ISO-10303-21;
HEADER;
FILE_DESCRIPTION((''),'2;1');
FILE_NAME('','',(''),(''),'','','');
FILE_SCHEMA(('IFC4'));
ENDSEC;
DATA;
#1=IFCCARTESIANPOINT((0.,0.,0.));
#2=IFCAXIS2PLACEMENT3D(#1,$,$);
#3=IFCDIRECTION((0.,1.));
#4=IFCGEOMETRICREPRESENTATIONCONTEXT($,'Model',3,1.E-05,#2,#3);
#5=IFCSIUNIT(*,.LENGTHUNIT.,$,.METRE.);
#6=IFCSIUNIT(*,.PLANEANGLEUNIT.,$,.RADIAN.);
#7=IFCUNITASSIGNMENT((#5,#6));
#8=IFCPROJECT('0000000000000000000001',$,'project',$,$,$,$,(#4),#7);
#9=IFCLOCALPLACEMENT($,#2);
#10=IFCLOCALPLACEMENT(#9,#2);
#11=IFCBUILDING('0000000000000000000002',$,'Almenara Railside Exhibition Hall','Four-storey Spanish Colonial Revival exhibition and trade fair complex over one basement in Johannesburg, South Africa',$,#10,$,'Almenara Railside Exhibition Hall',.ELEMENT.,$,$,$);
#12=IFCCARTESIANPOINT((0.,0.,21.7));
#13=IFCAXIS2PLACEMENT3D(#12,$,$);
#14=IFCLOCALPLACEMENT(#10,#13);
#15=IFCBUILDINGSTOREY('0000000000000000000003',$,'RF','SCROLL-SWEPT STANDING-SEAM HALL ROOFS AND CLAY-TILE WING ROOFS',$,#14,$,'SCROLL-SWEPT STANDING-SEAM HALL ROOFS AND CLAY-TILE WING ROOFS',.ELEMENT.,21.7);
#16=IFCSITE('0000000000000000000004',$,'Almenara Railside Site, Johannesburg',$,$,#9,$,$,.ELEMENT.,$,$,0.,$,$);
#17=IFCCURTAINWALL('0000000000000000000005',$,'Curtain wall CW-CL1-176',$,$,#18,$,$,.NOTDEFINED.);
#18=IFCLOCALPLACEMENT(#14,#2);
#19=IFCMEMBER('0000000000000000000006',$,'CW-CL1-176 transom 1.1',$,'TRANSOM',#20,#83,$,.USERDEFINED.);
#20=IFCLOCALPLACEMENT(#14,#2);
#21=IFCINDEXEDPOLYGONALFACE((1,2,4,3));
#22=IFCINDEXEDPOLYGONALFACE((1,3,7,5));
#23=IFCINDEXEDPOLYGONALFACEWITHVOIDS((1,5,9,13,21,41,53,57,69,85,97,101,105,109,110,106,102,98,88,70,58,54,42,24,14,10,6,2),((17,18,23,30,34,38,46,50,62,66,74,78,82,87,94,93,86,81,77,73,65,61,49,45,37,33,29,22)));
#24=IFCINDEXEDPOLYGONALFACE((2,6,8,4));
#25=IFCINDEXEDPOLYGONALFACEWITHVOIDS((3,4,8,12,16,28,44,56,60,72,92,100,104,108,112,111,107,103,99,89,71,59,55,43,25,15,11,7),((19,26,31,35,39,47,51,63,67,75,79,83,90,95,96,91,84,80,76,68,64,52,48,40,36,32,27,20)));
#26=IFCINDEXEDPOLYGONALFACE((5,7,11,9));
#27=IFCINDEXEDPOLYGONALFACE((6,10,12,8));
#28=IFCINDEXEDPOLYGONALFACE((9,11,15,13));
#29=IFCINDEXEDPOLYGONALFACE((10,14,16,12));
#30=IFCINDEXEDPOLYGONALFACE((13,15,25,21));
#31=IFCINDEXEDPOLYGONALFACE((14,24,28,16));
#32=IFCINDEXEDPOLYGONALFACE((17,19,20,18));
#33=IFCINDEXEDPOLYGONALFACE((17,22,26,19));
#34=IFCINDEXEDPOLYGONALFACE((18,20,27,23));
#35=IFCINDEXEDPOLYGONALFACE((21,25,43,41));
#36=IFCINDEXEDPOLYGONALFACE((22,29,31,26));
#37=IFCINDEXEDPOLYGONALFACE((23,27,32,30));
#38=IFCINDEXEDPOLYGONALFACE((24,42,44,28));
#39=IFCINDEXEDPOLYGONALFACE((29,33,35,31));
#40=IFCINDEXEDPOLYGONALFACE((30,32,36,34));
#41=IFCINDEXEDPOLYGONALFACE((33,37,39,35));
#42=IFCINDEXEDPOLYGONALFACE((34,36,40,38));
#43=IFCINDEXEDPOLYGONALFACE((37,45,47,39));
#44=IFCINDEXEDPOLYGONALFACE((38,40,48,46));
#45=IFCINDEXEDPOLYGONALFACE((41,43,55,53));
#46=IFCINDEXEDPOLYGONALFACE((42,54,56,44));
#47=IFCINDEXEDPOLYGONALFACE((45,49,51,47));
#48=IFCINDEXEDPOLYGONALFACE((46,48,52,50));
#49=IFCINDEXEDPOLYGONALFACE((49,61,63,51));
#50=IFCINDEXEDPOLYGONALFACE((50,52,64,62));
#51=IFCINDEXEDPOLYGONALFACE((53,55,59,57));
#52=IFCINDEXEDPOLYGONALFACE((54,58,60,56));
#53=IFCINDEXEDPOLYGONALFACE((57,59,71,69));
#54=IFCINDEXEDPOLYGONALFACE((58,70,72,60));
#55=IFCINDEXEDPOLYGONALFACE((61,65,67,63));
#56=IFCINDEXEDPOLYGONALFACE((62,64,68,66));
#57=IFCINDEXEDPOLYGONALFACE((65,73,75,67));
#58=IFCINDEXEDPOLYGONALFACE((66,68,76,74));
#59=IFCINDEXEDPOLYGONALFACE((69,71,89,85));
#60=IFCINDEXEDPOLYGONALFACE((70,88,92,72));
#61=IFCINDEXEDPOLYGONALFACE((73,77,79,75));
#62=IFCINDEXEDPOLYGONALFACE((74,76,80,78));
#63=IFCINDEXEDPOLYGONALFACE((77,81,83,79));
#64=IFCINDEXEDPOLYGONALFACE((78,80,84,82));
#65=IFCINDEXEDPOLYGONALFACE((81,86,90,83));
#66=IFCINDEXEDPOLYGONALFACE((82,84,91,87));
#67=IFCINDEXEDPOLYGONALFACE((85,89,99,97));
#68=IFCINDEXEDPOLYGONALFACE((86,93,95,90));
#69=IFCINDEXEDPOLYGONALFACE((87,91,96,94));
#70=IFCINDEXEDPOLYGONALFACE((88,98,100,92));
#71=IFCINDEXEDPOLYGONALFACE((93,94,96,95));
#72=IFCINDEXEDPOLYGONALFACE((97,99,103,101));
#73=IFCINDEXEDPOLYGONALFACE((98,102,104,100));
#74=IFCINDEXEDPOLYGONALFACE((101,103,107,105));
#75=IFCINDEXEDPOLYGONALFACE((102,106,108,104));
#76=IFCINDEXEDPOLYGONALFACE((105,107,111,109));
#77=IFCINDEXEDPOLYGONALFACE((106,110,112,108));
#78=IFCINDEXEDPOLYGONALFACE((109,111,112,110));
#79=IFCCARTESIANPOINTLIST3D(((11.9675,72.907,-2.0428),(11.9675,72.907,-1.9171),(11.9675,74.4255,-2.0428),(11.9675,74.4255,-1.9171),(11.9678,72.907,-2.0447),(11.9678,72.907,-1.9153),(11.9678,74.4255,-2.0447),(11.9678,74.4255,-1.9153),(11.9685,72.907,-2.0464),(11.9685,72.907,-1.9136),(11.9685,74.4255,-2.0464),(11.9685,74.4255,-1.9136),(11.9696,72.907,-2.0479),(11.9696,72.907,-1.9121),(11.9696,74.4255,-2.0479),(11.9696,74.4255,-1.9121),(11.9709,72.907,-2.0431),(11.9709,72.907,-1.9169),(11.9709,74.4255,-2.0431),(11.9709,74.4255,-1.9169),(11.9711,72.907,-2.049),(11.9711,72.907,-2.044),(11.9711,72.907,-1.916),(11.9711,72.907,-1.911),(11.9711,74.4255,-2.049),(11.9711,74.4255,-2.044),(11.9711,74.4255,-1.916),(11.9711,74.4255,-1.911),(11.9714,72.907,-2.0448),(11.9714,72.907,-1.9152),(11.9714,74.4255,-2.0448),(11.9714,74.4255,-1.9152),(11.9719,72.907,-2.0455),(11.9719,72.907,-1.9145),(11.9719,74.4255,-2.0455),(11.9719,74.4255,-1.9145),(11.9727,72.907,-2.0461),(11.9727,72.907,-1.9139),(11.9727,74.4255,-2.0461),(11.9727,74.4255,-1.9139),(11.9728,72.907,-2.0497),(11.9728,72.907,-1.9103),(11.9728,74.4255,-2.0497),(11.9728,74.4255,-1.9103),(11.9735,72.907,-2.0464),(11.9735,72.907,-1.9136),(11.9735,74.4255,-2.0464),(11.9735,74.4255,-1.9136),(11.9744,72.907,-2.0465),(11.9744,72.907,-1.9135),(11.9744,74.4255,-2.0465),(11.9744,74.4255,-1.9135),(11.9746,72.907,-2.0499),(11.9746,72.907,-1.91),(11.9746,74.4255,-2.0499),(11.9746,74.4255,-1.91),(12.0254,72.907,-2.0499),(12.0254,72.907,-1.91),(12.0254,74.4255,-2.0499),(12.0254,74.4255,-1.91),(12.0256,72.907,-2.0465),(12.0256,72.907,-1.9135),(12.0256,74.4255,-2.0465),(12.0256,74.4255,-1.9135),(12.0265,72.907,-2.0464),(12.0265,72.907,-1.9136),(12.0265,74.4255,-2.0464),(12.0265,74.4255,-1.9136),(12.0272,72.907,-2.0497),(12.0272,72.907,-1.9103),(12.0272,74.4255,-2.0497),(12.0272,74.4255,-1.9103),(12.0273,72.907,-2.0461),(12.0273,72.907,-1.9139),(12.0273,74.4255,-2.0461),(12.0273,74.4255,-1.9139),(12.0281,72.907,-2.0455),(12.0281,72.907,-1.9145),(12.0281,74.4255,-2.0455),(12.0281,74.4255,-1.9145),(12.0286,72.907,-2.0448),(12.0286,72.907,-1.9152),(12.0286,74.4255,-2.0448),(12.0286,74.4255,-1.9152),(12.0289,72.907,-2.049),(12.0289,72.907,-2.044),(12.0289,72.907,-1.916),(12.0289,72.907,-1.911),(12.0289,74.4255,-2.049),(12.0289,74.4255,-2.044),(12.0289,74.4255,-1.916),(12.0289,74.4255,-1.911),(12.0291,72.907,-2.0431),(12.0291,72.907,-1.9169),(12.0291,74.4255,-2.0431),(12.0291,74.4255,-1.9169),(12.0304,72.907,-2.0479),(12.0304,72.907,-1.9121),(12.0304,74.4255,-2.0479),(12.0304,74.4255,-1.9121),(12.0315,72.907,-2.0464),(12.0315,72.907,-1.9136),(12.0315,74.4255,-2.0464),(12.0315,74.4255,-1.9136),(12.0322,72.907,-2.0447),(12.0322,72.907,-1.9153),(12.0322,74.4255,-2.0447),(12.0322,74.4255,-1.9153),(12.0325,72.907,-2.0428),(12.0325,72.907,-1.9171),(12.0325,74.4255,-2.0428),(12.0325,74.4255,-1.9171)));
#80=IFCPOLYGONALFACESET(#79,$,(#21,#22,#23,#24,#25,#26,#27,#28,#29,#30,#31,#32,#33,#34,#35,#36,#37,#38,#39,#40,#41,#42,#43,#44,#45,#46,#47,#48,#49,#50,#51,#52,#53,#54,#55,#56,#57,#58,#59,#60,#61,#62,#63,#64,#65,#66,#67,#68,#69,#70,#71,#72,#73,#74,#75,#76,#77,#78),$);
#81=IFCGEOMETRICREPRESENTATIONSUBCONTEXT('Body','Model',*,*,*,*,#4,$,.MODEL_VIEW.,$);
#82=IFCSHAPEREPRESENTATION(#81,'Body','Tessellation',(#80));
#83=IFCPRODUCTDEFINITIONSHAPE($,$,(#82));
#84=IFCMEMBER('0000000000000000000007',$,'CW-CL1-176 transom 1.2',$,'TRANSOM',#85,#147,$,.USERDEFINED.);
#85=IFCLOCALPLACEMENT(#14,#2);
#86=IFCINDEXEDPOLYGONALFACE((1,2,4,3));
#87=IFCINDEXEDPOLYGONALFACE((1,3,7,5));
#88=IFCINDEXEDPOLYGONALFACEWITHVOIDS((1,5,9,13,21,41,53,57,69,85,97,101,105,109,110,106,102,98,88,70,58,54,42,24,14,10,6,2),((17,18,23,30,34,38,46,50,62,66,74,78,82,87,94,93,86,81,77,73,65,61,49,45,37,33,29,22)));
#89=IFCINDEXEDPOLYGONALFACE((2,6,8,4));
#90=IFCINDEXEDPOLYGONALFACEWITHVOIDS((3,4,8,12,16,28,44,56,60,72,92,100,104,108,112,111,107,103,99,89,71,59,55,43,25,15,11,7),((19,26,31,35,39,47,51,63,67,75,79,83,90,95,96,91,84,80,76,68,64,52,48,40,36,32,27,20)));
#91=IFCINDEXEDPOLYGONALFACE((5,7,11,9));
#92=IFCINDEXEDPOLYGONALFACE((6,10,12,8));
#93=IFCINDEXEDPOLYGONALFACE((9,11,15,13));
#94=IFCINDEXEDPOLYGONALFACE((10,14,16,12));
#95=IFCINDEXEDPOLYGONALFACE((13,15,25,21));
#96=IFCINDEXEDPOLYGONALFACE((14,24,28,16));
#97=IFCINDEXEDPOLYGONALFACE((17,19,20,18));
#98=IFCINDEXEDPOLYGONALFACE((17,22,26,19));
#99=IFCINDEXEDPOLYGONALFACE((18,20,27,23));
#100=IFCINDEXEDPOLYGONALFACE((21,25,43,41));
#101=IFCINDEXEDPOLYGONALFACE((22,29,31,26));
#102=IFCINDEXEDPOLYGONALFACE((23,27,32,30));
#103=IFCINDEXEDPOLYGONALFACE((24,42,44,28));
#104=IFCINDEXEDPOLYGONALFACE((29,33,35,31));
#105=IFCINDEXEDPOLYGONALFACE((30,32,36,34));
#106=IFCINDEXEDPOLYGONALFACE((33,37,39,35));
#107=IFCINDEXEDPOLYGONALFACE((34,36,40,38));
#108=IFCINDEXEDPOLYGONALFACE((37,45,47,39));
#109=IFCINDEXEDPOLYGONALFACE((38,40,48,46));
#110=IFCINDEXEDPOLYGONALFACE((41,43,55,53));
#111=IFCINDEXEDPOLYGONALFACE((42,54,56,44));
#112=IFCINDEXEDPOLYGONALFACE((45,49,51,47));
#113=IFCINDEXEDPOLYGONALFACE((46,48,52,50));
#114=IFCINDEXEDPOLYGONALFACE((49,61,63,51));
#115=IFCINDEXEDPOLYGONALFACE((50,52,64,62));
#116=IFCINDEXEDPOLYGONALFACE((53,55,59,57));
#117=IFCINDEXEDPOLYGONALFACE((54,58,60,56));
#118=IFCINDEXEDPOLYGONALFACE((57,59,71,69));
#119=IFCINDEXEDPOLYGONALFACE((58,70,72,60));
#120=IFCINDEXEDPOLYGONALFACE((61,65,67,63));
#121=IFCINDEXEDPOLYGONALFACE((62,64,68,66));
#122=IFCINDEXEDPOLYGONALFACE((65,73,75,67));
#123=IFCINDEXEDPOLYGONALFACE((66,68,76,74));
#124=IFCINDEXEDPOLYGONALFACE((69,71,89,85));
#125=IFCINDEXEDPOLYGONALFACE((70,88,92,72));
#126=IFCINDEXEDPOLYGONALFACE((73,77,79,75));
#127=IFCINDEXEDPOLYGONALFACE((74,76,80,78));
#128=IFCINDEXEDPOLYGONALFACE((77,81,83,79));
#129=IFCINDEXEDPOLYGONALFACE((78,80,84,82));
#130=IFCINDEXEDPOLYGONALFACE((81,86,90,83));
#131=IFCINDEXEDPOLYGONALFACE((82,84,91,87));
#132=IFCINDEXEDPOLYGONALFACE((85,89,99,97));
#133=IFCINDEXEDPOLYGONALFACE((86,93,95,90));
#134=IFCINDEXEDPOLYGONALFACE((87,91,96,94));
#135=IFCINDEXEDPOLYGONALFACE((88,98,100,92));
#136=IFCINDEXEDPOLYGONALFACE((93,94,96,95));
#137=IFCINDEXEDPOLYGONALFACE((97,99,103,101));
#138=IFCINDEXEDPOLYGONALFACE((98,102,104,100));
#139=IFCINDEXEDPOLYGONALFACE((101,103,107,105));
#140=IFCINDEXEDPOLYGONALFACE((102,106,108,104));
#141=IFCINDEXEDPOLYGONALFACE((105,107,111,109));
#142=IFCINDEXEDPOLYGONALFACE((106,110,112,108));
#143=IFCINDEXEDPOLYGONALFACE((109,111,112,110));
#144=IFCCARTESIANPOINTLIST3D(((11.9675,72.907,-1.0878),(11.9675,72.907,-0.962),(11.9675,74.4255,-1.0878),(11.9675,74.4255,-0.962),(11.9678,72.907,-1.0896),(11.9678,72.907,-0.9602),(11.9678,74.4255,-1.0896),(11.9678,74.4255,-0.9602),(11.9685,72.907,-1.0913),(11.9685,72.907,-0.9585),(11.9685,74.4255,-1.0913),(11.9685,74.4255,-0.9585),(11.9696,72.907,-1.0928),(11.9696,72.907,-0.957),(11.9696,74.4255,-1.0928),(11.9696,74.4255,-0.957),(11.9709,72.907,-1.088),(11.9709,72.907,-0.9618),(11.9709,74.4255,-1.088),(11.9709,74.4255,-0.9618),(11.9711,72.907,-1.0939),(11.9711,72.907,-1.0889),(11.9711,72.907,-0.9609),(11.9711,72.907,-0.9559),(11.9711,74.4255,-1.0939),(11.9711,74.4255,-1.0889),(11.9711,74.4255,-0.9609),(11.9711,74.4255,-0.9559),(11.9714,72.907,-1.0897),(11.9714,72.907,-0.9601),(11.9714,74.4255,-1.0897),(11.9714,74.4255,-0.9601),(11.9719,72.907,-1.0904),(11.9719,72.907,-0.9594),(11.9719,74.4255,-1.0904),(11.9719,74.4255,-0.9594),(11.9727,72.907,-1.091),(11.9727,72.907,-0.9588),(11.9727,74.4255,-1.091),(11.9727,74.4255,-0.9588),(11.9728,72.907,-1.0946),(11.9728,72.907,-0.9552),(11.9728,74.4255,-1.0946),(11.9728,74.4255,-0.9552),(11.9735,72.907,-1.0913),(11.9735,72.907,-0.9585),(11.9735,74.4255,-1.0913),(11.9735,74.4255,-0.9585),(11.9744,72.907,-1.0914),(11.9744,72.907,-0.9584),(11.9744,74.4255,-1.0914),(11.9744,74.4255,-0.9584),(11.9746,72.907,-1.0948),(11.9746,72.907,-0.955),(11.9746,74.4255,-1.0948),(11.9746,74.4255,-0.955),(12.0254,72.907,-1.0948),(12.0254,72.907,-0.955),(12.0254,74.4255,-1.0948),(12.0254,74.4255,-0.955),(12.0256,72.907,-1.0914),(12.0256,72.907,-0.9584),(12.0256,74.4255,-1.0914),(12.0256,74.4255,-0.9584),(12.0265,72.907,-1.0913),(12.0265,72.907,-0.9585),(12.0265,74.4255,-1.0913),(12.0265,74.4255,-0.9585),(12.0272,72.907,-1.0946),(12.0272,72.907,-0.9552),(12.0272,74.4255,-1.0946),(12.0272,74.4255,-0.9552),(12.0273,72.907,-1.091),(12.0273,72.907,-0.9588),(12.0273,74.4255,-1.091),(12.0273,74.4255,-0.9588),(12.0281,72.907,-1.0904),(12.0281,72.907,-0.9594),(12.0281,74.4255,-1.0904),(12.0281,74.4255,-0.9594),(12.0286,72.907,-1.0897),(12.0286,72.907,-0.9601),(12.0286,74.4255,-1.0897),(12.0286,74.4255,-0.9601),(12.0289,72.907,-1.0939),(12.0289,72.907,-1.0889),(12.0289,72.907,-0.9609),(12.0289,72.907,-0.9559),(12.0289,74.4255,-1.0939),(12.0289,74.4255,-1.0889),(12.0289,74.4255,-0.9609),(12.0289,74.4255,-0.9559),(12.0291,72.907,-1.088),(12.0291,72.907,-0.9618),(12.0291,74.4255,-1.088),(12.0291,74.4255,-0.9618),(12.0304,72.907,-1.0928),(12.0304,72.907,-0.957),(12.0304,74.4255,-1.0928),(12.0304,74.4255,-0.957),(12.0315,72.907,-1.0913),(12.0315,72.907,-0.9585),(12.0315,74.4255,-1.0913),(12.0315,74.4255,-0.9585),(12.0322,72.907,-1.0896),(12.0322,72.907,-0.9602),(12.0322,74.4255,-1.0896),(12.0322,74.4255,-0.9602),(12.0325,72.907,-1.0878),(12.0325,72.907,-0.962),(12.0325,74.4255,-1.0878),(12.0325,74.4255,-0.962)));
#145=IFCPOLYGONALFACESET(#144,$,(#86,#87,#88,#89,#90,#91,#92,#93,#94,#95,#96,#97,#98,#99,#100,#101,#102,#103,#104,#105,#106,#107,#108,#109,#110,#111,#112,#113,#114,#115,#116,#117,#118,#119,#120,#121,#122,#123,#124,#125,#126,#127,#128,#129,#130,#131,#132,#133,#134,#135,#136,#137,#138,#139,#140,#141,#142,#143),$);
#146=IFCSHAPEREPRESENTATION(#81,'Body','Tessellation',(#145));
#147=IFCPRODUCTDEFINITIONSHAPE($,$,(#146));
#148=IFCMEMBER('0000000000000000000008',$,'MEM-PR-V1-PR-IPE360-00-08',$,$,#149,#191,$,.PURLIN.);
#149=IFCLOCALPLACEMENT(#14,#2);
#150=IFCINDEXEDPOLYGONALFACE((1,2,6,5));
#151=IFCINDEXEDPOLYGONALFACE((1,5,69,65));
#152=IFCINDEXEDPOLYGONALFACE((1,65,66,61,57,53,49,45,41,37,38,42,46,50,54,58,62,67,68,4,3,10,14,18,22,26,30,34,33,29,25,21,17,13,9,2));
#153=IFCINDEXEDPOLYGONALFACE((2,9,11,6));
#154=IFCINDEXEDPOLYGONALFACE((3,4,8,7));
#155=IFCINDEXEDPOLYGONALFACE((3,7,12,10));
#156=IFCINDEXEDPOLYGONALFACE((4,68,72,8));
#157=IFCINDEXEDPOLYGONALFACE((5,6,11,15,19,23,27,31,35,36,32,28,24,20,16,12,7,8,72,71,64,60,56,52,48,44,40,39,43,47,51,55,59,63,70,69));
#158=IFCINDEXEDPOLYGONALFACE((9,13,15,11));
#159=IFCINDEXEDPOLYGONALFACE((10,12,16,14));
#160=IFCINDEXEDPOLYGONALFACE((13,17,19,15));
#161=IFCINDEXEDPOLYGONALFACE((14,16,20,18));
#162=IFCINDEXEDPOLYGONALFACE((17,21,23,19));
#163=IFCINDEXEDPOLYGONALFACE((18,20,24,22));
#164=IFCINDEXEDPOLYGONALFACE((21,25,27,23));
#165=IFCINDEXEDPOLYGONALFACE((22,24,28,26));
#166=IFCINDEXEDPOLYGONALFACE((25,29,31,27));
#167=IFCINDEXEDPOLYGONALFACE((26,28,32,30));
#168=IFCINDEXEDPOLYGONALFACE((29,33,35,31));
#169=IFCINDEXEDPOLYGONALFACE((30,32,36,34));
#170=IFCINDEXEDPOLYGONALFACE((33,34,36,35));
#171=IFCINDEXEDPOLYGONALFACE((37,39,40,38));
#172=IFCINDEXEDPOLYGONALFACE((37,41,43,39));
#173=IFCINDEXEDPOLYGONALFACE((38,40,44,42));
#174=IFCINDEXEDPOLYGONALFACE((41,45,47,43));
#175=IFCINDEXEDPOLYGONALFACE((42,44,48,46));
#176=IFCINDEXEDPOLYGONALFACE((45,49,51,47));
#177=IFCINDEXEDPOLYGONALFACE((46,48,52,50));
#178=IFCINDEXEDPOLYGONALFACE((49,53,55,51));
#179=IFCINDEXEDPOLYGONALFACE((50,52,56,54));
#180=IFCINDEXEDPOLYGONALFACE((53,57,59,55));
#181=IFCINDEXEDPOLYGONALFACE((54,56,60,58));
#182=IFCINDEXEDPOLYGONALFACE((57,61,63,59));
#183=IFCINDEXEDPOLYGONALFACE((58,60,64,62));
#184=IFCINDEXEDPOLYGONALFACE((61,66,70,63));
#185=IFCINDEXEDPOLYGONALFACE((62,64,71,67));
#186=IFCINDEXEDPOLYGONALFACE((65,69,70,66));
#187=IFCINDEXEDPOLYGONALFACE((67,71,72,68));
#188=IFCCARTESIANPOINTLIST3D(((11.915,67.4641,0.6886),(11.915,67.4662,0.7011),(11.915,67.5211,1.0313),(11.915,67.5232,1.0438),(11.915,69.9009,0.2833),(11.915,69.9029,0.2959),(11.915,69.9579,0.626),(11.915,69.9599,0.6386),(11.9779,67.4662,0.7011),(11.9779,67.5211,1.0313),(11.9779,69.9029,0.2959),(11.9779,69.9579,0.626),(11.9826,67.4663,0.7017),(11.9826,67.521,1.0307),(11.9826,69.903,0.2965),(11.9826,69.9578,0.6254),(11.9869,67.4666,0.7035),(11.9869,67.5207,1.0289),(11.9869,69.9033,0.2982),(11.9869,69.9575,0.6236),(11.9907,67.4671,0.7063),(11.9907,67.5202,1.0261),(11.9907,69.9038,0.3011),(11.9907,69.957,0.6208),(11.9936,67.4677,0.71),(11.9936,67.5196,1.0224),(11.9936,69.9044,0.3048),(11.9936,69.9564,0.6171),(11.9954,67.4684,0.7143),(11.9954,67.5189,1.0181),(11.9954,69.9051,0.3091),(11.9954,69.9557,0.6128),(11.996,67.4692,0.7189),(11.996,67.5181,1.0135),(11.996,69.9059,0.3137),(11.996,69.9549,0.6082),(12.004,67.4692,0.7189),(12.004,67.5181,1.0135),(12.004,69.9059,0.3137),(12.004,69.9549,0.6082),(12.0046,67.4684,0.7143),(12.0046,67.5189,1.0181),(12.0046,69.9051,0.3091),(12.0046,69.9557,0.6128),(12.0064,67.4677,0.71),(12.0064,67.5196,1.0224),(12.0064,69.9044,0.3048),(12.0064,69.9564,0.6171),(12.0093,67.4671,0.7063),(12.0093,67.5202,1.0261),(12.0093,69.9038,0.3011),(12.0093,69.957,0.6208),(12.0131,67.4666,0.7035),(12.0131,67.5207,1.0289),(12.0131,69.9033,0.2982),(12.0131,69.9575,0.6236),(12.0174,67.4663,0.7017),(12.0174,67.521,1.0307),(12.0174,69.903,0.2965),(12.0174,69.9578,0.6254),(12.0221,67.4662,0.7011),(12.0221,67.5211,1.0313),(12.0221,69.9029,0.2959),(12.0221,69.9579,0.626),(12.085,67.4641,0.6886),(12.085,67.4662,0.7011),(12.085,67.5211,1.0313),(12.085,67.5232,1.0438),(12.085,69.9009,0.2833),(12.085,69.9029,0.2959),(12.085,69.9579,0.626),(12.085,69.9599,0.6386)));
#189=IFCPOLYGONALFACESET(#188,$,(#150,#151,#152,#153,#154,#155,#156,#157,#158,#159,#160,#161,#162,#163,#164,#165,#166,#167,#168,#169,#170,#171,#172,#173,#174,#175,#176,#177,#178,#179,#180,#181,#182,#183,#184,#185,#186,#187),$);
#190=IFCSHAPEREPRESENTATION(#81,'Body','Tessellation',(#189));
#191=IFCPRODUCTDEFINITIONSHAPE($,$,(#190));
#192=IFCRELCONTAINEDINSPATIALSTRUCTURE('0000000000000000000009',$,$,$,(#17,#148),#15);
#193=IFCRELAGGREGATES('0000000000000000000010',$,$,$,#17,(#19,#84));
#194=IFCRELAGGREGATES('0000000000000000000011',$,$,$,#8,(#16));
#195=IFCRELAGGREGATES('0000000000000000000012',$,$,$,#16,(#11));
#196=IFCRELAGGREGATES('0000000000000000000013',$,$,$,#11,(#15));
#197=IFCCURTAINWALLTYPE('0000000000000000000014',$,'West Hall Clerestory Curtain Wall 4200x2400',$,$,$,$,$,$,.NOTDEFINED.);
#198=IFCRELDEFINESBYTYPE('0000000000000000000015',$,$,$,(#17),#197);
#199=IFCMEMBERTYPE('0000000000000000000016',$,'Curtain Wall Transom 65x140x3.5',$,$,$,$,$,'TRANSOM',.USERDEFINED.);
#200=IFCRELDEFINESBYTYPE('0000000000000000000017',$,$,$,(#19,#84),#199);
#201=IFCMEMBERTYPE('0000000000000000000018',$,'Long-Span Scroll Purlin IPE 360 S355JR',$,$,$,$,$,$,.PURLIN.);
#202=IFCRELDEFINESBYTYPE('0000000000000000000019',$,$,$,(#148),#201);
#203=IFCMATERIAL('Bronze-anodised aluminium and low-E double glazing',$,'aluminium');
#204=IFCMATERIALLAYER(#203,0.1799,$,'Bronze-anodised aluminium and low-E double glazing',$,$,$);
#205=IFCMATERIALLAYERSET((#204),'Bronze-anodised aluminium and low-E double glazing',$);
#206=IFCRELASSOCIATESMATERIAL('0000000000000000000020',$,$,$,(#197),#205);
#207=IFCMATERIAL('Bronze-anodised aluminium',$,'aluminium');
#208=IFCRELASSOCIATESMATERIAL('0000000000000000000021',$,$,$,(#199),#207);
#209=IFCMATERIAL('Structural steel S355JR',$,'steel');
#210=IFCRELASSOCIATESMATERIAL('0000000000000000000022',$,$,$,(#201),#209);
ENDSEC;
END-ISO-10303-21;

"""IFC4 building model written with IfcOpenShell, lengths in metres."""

from ifc_helpers import new_model, si_unit, direction, frame, origin, origin_2d, place, context, subcontext, project, spatial, hollow_rectangle, i_section, extrude, material, layer, layer_set, material_profile, profile_set, type_object, element, aggregate, save


model = new_model("IFC4")

# Units and contexts
model_context = context("Model", 3, precision=1e-05, world=origin(), true_north=direction((0.0, 1.0)))
body_context = subcontext(model_context, "Body", "Model", "MODEL_VIEW")
ifc_project = project(units=[si_unit("LENGTHUNIT", "METRE"), si_unit("PLANEANGLEUNIT", "RADIAN")], contexts=[model_context])

# Site, building, storey
site_placement = place(None, origin())
site = spatial("IfcSite", under=ifc_project, at=site_placement, Name="Almenara Railside Site, Johannesburg", CompositionType="ELEMENT", RefElevation=0.0)
building_placement = place(site_placement, origin())
building = spatial("IfcBuilding", under=site, at=building_placement, Name="Almenara Railside Exhibition Hall", Description="Four-storey Spanish Colonial Revival exhibition and trade fair complex over one basement in Johannesburg, South Africa", LongName="Almenara Railside Exhibition Hall", CompositionType="ELEMENT")
storey_placement = place(building_placement, frame((0.0, 0.0, 21.7)))
storey = spatial("IfcBuildingStorey", under=building, at=storey_placement, Name="RF", Description="SCROLL-SWEPT STANDING-SEAM HALL ROOFS AND CLAY-TILE WING ROOFS", LongName="SCROLL-SWEPT STANDING-SEAM HALL ROOFS AND CLAY-TILE WING ROOFS", CompositionType="ELEMENT", Elevation=21.7)

# Shared definitions
ifc_material_1 = material(Name="Structural steel S355JR", Category="steel")

# Shared definitions
ifc_material_2 = material(Name="Bronze-anodised aluminium and low-E double glazing", Category="aluminium")
ifc_layer_1 = layer(ifc_material_2, 0.1799, Name="Bronze-anodised aluminium and low-E double glazing")
ifc_layer_set_1 = layer_set([ifc_layer_1], Name="Bronze-anodised aluminium and low-E double glazing")
curtain_wall_type = type_object("IfcCurtainWallType", Name="West Hall Clerestory Curtain Wall 4200x2400", PredefinedType="NOTDEFINED", material=ifc_layer_set_1)
ifc_material_3 = material(Name="Bronze-anodised aluminium", Category="aluminium")

# Curtain wall
curtain_wall_1_placement = place(storey_placement, origin())
curtain_wall_1 = element("IfcCurtainWall", 1, at=curtain_wall_1_placement, inside=storey, type_object=curtain_wall_type, Name="Curtain wall CW-CL1-176", PredefinedType="NOTDEFINED")

# Members
ifc_material_profile_1 = material_profile(ifc_material_3, hollow_rectangle(XDim=0.0649, YDim=0.1399, WallThickness=0.0034, InnerFilletRadius=0.0034, OuterFilletRadius=0.0071, at=origin_2d()), Name="ALU-TRN 65x140x3.5")
ifc_profile_set_1 = profile_set([ifc_material_profile_1], Name="Bronze-anodised aluminium")
member_type_1 = type_object("IfcMemberType", Name="Curtain Wall Transom 65x140x3.5", ElementType="TRANSOM", PredefinedType="USERDEFINED", material=ifc_profile_set_1)
member_1_placement = place(storey_placement, frame((12.0, 72.907, -1.98), z_axis=(0.0, 1.0, 0.0), x_axis=(-1.0, 0.0, 0.0)))
member_1 = element("IfcMember", 2, at=member_1_placement, type_object=member_type_1, Name="CW-CL1-176 transom 1.1", ObjectType="TRANSOM", PredefinedType="USERDEFINED", context=body_context, shape_type="SweptSolid", body=[
    extrude(hollow_rectangle(XDim=0.0649, YDim=0.1399, WallThickness=0.0034, InnerFilletRadius=0.0034, OuterFilletRadius=0.0071, at=origin_2d()), origin(), (0.0, 0.0, 1.0), 1.5186),
])
member_2_placement = place(storey_placement, frame((12.0, 72.907, -1.0249), z_axis=(0.0, 1.0, 0.0), x_axis=(-1.0, 0.0, 0.0)))
member_2 = element("IfcMember", 3, at=member_2_placement, type_object=member_type_1, Name="CW-CL1-176 transom 1.2", ObjectType="TRANSOM", PredefinedType="USERDEFINED", context=body_context, shape_type="SweptSolid", body=[
    extrude(hollow_rectangle(XDim=0.0649, YDim=0.1399, WallThickness=0.0034, InnerFilletRadius=0.0034, OuterFilletRadius=0.0071, at=origin_2d()), origin(), (0.0, 0.0, 1.0), 1.5186),
])
aggregate(curtain_wall_1, [member_1, member_2])

# Member
ifc_material_profile_2 = material_profile(ifc_material_1, i_section(OverallWidth=0.1699, OverallDepth=0.3601, WebThickness=0.0081, FlangeThickness=0.0127, FilletRadius=0.0181, at=origin_2d()), Name="IPE 360")
ifc_profile_set_2 = profile_set([ifc_material_profile_2], Name="Structural steel S355JR")
member_type_2 = type_object("IfcMemberType", Name="Long-Span Scroll Purlin IPE 360 S355JR", PredefinedType="PURLIN", material=ifc_profile_set_2)
member_3_placement = place(storey_placement, frame((12.0, 67.4937, 0.8662), z_axis=(0.0, 0.98645, -0.164062), x_axis=(-1.0, 0.0, 0.0)))
element("IfcMember", 4, at=member_3_placement, inside=storey, type_object=member_type_2, Name="MEM-PR-V1-PR-IPE360-00-08", PredefinedType="PURLIN", context=body_context, shape_type="SweptSolid", body=[
    extrude(i_section(OverallWidth=0.1699, OverallDepth=0.3601, WebThickness=0.0081, FlangeThickness=0.0127, FilletRadius=0.0181, at=origin_2d()), origin(), (0.0, 0.0, 1.0), 2.4702),
])

save(model, "model.ifc")
